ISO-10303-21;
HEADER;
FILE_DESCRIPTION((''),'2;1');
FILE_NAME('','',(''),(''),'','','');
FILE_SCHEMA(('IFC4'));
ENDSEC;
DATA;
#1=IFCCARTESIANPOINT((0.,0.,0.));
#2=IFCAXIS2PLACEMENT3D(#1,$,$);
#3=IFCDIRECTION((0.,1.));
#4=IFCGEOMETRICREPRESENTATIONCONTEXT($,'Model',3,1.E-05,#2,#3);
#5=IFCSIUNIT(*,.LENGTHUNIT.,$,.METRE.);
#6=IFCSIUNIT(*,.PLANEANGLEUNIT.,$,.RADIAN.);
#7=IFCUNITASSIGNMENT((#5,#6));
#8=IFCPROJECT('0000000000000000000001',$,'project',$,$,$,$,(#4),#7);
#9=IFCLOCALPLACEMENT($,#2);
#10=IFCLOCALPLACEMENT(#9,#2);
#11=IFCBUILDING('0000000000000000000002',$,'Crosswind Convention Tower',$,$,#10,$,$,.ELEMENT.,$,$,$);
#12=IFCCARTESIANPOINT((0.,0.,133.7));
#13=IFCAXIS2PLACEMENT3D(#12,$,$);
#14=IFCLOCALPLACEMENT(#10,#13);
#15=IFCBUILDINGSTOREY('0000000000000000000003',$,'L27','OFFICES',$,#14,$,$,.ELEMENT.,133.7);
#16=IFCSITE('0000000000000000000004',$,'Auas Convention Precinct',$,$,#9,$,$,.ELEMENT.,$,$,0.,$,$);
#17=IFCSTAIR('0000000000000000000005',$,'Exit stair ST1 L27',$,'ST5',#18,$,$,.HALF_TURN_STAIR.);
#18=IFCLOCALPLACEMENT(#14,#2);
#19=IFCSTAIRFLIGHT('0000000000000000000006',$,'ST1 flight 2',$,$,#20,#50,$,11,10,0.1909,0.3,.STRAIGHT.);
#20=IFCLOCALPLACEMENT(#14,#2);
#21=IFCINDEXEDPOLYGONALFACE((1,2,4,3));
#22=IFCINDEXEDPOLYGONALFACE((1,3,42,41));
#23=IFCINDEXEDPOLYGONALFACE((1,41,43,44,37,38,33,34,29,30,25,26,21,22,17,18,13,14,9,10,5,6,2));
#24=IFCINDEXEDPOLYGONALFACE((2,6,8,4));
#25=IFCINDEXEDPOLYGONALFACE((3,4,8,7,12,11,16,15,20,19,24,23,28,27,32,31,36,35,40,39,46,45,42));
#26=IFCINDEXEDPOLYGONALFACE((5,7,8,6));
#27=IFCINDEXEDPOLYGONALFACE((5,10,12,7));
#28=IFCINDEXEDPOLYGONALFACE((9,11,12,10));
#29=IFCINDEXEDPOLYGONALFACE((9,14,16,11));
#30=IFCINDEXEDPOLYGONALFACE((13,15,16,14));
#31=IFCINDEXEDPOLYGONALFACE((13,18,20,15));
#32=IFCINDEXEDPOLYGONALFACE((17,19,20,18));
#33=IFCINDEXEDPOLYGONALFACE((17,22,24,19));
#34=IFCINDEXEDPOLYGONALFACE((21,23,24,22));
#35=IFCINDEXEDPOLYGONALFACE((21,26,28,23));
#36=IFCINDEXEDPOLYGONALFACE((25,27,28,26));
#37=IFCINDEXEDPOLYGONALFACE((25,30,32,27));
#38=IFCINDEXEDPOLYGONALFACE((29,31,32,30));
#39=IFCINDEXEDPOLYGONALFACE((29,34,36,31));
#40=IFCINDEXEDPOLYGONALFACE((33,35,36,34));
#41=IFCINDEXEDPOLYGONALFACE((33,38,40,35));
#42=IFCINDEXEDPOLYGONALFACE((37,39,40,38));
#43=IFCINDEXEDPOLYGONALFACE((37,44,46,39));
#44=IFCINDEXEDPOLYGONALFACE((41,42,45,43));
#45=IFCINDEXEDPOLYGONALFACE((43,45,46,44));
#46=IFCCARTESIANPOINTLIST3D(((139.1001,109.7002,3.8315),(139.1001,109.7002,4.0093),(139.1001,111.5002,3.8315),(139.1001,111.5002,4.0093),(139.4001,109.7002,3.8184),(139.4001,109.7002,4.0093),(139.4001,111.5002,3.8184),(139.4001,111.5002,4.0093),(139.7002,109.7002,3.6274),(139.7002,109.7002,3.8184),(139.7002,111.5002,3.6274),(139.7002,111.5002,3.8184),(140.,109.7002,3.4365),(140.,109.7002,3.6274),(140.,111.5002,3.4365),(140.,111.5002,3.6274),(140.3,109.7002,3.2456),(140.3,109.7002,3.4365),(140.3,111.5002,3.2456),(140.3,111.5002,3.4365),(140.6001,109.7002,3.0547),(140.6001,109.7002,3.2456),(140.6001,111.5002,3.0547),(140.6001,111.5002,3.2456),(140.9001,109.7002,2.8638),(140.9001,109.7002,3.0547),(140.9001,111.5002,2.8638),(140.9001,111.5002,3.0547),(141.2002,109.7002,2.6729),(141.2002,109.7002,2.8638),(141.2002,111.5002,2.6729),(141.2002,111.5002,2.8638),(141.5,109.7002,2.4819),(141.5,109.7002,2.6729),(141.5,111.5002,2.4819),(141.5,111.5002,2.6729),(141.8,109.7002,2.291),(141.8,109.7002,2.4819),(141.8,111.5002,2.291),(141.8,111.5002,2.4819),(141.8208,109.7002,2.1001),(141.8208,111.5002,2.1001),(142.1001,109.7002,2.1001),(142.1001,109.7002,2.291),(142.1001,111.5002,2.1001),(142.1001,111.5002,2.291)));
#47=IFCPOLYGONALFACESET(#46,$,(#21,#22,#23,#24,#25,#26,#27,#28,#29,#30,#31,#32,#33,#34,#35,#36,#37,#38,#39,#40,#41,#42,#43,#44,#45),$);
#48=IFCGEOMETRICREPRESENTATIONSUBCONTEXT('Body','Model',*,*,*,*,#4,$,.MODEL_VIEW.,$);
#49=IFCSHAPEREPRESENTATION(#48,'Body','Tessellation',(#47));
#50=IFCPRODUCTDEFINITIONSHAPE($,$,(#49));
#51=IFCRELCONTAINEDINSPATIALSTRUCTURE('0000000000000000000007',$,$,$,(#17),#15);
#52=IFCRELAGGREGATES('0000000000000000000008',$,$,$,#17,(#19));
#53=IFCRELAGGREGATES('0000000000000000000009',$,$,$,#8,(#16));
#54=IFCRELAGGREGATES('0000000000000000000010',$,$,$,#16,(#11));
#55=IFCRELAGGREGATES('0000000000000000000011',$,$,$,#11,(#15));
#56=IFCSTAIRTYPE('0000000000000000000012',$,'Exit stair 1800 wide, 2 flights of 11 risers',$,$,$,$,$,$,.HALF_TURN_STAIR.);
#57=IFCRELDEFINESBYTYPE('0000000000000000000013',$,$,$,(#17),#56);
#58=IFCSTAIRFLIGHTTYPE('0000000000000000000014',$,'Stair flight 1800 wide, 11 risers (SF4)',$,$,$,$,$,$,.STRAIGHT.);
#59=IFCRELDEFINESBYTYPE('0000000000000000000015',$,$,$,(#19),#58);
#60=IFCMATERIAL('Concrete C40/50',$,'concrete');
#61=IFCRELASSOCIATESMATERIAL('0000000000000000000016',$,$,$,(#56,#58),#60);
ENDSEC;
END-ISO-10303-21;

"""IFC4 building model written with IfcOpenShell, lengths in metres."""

from ifc_helpers import new_model, si_unit, direction, frame, origin, place, context, subcontext, project, spatial, polyline, outline, extrude, material, type_object, element, aggregate, save


model = new_model("IFC4")

# Units and contexts
model_context = context("Model", 3, precision=1e-05, world=origin(), true_north=direction((0.0, 1.0)))
body_context = subcontext(model_context, "Body", "Model", "MODEL_VIEW")
ifc_project = project(units=[si_unit("LENGTHUNIT", "METRE"), si_unit("PLANEANGLEUNIT", "RADIAN")], contexts=[model_context])

# Site, building, storey
site_placement = place(None, origin())
site = spatial("IfcSite", under=ifc_project, at=site_placement, Name="Auas Convention Precinct", CompositionType="ELEMENT", RefElevation=0.0)
building_placement = place(site_placement, origin())
building = spatial("IfcBuilding", under=site, at=building_placement, Name="Crosswind Convention Tower", CompositionType="ELEMENT")
storey_placement = place(building_placement, frame((0.0, 0.0, 133.7)))
storey = spatial("IfcBuildingStorey", under=building, at=storey_placement, Name="L27", Description="OFFICES", CompositionType="ELEMENT", Elevation=133.7)

# Stair, stair flight
ifc_material_1 = material(Name="Concrete C40/50", Category="concrete")
stair_type = type_object("IfcStairType", Name="Exit stair 1800 wide, 2 flights of 11 risers", PredefinedType="HALF_TURN_STAIR", material=ifc_material_1)
stair_placement = place(storey_placement, origin())
stair = element("IfcStair", 1, at=stair_placement, inside=storey, type_object=stair_type, Name="Exit stair ST1 L27", ObjectType="ST5", PredefinedType="HALF_TURN_STAIR")
stair_flight_type = type_object("IfcStairFlightType", Name="Stair flight 1800 wide, 11 risers (SF4)", PredefinedType="STRAIGHT", material=ifc_material_1)
stair_flight_1_placement = place(storey_placement, frame((142.1001, 110.6001, 2.1001), z_axis=(0.0, 0.0, 1.0), x_axis=(-1.0, 0.0, 0.0)))
stair_flight_1 = element("IfcStairFlight", 2, at=stair_flight_1_placement, type_object=stair_flight_type, Name="ST1 flight 2", NumberOfRisers=11, NumberOfTreads=10, PredefinedType="STRAIGHT", RiserHeight=0.1909, TreadLength=0.3, context=body_context, shape_type="SweptSolid", body=[
    extrude(outline(polyline([(0.0, 0.0), (0.0, 0.1909), (0.3, 0.1909), (0.3, 0.3818), (0.6001, 0.3818), (0.6001, 0.5728), (0.8999, 0.5728), (0.8999, 0.7637), (1.2, 0.7637), (1.2, 0.9546), (1.5, 0.9546), (1.5, 1.1455), (1.8, 1.1455), (1.8, 1.3364), (2.1001, 1.3364), (2.1001, 1.5273), (2.3999, 1.5273), (2.3999, 1.7183), (2.7, 1.7183), (2.7, 1.9092), (3.0, 1.9092), (3.0, 2.1001), (3.0, 1.7314), (0.2793, 0.0), (0.0, 0.0)])), frame((0.0, 0.8999, 0.0), z_axis=(0.0, -1.0, 0.0), x_axis=(1.0, 0.0, 0.0)), (0.0, 0.0, 1.0), 1.8),
])
aggregate(stair, [stair_flight_1])

save(model, "model.ifc")
